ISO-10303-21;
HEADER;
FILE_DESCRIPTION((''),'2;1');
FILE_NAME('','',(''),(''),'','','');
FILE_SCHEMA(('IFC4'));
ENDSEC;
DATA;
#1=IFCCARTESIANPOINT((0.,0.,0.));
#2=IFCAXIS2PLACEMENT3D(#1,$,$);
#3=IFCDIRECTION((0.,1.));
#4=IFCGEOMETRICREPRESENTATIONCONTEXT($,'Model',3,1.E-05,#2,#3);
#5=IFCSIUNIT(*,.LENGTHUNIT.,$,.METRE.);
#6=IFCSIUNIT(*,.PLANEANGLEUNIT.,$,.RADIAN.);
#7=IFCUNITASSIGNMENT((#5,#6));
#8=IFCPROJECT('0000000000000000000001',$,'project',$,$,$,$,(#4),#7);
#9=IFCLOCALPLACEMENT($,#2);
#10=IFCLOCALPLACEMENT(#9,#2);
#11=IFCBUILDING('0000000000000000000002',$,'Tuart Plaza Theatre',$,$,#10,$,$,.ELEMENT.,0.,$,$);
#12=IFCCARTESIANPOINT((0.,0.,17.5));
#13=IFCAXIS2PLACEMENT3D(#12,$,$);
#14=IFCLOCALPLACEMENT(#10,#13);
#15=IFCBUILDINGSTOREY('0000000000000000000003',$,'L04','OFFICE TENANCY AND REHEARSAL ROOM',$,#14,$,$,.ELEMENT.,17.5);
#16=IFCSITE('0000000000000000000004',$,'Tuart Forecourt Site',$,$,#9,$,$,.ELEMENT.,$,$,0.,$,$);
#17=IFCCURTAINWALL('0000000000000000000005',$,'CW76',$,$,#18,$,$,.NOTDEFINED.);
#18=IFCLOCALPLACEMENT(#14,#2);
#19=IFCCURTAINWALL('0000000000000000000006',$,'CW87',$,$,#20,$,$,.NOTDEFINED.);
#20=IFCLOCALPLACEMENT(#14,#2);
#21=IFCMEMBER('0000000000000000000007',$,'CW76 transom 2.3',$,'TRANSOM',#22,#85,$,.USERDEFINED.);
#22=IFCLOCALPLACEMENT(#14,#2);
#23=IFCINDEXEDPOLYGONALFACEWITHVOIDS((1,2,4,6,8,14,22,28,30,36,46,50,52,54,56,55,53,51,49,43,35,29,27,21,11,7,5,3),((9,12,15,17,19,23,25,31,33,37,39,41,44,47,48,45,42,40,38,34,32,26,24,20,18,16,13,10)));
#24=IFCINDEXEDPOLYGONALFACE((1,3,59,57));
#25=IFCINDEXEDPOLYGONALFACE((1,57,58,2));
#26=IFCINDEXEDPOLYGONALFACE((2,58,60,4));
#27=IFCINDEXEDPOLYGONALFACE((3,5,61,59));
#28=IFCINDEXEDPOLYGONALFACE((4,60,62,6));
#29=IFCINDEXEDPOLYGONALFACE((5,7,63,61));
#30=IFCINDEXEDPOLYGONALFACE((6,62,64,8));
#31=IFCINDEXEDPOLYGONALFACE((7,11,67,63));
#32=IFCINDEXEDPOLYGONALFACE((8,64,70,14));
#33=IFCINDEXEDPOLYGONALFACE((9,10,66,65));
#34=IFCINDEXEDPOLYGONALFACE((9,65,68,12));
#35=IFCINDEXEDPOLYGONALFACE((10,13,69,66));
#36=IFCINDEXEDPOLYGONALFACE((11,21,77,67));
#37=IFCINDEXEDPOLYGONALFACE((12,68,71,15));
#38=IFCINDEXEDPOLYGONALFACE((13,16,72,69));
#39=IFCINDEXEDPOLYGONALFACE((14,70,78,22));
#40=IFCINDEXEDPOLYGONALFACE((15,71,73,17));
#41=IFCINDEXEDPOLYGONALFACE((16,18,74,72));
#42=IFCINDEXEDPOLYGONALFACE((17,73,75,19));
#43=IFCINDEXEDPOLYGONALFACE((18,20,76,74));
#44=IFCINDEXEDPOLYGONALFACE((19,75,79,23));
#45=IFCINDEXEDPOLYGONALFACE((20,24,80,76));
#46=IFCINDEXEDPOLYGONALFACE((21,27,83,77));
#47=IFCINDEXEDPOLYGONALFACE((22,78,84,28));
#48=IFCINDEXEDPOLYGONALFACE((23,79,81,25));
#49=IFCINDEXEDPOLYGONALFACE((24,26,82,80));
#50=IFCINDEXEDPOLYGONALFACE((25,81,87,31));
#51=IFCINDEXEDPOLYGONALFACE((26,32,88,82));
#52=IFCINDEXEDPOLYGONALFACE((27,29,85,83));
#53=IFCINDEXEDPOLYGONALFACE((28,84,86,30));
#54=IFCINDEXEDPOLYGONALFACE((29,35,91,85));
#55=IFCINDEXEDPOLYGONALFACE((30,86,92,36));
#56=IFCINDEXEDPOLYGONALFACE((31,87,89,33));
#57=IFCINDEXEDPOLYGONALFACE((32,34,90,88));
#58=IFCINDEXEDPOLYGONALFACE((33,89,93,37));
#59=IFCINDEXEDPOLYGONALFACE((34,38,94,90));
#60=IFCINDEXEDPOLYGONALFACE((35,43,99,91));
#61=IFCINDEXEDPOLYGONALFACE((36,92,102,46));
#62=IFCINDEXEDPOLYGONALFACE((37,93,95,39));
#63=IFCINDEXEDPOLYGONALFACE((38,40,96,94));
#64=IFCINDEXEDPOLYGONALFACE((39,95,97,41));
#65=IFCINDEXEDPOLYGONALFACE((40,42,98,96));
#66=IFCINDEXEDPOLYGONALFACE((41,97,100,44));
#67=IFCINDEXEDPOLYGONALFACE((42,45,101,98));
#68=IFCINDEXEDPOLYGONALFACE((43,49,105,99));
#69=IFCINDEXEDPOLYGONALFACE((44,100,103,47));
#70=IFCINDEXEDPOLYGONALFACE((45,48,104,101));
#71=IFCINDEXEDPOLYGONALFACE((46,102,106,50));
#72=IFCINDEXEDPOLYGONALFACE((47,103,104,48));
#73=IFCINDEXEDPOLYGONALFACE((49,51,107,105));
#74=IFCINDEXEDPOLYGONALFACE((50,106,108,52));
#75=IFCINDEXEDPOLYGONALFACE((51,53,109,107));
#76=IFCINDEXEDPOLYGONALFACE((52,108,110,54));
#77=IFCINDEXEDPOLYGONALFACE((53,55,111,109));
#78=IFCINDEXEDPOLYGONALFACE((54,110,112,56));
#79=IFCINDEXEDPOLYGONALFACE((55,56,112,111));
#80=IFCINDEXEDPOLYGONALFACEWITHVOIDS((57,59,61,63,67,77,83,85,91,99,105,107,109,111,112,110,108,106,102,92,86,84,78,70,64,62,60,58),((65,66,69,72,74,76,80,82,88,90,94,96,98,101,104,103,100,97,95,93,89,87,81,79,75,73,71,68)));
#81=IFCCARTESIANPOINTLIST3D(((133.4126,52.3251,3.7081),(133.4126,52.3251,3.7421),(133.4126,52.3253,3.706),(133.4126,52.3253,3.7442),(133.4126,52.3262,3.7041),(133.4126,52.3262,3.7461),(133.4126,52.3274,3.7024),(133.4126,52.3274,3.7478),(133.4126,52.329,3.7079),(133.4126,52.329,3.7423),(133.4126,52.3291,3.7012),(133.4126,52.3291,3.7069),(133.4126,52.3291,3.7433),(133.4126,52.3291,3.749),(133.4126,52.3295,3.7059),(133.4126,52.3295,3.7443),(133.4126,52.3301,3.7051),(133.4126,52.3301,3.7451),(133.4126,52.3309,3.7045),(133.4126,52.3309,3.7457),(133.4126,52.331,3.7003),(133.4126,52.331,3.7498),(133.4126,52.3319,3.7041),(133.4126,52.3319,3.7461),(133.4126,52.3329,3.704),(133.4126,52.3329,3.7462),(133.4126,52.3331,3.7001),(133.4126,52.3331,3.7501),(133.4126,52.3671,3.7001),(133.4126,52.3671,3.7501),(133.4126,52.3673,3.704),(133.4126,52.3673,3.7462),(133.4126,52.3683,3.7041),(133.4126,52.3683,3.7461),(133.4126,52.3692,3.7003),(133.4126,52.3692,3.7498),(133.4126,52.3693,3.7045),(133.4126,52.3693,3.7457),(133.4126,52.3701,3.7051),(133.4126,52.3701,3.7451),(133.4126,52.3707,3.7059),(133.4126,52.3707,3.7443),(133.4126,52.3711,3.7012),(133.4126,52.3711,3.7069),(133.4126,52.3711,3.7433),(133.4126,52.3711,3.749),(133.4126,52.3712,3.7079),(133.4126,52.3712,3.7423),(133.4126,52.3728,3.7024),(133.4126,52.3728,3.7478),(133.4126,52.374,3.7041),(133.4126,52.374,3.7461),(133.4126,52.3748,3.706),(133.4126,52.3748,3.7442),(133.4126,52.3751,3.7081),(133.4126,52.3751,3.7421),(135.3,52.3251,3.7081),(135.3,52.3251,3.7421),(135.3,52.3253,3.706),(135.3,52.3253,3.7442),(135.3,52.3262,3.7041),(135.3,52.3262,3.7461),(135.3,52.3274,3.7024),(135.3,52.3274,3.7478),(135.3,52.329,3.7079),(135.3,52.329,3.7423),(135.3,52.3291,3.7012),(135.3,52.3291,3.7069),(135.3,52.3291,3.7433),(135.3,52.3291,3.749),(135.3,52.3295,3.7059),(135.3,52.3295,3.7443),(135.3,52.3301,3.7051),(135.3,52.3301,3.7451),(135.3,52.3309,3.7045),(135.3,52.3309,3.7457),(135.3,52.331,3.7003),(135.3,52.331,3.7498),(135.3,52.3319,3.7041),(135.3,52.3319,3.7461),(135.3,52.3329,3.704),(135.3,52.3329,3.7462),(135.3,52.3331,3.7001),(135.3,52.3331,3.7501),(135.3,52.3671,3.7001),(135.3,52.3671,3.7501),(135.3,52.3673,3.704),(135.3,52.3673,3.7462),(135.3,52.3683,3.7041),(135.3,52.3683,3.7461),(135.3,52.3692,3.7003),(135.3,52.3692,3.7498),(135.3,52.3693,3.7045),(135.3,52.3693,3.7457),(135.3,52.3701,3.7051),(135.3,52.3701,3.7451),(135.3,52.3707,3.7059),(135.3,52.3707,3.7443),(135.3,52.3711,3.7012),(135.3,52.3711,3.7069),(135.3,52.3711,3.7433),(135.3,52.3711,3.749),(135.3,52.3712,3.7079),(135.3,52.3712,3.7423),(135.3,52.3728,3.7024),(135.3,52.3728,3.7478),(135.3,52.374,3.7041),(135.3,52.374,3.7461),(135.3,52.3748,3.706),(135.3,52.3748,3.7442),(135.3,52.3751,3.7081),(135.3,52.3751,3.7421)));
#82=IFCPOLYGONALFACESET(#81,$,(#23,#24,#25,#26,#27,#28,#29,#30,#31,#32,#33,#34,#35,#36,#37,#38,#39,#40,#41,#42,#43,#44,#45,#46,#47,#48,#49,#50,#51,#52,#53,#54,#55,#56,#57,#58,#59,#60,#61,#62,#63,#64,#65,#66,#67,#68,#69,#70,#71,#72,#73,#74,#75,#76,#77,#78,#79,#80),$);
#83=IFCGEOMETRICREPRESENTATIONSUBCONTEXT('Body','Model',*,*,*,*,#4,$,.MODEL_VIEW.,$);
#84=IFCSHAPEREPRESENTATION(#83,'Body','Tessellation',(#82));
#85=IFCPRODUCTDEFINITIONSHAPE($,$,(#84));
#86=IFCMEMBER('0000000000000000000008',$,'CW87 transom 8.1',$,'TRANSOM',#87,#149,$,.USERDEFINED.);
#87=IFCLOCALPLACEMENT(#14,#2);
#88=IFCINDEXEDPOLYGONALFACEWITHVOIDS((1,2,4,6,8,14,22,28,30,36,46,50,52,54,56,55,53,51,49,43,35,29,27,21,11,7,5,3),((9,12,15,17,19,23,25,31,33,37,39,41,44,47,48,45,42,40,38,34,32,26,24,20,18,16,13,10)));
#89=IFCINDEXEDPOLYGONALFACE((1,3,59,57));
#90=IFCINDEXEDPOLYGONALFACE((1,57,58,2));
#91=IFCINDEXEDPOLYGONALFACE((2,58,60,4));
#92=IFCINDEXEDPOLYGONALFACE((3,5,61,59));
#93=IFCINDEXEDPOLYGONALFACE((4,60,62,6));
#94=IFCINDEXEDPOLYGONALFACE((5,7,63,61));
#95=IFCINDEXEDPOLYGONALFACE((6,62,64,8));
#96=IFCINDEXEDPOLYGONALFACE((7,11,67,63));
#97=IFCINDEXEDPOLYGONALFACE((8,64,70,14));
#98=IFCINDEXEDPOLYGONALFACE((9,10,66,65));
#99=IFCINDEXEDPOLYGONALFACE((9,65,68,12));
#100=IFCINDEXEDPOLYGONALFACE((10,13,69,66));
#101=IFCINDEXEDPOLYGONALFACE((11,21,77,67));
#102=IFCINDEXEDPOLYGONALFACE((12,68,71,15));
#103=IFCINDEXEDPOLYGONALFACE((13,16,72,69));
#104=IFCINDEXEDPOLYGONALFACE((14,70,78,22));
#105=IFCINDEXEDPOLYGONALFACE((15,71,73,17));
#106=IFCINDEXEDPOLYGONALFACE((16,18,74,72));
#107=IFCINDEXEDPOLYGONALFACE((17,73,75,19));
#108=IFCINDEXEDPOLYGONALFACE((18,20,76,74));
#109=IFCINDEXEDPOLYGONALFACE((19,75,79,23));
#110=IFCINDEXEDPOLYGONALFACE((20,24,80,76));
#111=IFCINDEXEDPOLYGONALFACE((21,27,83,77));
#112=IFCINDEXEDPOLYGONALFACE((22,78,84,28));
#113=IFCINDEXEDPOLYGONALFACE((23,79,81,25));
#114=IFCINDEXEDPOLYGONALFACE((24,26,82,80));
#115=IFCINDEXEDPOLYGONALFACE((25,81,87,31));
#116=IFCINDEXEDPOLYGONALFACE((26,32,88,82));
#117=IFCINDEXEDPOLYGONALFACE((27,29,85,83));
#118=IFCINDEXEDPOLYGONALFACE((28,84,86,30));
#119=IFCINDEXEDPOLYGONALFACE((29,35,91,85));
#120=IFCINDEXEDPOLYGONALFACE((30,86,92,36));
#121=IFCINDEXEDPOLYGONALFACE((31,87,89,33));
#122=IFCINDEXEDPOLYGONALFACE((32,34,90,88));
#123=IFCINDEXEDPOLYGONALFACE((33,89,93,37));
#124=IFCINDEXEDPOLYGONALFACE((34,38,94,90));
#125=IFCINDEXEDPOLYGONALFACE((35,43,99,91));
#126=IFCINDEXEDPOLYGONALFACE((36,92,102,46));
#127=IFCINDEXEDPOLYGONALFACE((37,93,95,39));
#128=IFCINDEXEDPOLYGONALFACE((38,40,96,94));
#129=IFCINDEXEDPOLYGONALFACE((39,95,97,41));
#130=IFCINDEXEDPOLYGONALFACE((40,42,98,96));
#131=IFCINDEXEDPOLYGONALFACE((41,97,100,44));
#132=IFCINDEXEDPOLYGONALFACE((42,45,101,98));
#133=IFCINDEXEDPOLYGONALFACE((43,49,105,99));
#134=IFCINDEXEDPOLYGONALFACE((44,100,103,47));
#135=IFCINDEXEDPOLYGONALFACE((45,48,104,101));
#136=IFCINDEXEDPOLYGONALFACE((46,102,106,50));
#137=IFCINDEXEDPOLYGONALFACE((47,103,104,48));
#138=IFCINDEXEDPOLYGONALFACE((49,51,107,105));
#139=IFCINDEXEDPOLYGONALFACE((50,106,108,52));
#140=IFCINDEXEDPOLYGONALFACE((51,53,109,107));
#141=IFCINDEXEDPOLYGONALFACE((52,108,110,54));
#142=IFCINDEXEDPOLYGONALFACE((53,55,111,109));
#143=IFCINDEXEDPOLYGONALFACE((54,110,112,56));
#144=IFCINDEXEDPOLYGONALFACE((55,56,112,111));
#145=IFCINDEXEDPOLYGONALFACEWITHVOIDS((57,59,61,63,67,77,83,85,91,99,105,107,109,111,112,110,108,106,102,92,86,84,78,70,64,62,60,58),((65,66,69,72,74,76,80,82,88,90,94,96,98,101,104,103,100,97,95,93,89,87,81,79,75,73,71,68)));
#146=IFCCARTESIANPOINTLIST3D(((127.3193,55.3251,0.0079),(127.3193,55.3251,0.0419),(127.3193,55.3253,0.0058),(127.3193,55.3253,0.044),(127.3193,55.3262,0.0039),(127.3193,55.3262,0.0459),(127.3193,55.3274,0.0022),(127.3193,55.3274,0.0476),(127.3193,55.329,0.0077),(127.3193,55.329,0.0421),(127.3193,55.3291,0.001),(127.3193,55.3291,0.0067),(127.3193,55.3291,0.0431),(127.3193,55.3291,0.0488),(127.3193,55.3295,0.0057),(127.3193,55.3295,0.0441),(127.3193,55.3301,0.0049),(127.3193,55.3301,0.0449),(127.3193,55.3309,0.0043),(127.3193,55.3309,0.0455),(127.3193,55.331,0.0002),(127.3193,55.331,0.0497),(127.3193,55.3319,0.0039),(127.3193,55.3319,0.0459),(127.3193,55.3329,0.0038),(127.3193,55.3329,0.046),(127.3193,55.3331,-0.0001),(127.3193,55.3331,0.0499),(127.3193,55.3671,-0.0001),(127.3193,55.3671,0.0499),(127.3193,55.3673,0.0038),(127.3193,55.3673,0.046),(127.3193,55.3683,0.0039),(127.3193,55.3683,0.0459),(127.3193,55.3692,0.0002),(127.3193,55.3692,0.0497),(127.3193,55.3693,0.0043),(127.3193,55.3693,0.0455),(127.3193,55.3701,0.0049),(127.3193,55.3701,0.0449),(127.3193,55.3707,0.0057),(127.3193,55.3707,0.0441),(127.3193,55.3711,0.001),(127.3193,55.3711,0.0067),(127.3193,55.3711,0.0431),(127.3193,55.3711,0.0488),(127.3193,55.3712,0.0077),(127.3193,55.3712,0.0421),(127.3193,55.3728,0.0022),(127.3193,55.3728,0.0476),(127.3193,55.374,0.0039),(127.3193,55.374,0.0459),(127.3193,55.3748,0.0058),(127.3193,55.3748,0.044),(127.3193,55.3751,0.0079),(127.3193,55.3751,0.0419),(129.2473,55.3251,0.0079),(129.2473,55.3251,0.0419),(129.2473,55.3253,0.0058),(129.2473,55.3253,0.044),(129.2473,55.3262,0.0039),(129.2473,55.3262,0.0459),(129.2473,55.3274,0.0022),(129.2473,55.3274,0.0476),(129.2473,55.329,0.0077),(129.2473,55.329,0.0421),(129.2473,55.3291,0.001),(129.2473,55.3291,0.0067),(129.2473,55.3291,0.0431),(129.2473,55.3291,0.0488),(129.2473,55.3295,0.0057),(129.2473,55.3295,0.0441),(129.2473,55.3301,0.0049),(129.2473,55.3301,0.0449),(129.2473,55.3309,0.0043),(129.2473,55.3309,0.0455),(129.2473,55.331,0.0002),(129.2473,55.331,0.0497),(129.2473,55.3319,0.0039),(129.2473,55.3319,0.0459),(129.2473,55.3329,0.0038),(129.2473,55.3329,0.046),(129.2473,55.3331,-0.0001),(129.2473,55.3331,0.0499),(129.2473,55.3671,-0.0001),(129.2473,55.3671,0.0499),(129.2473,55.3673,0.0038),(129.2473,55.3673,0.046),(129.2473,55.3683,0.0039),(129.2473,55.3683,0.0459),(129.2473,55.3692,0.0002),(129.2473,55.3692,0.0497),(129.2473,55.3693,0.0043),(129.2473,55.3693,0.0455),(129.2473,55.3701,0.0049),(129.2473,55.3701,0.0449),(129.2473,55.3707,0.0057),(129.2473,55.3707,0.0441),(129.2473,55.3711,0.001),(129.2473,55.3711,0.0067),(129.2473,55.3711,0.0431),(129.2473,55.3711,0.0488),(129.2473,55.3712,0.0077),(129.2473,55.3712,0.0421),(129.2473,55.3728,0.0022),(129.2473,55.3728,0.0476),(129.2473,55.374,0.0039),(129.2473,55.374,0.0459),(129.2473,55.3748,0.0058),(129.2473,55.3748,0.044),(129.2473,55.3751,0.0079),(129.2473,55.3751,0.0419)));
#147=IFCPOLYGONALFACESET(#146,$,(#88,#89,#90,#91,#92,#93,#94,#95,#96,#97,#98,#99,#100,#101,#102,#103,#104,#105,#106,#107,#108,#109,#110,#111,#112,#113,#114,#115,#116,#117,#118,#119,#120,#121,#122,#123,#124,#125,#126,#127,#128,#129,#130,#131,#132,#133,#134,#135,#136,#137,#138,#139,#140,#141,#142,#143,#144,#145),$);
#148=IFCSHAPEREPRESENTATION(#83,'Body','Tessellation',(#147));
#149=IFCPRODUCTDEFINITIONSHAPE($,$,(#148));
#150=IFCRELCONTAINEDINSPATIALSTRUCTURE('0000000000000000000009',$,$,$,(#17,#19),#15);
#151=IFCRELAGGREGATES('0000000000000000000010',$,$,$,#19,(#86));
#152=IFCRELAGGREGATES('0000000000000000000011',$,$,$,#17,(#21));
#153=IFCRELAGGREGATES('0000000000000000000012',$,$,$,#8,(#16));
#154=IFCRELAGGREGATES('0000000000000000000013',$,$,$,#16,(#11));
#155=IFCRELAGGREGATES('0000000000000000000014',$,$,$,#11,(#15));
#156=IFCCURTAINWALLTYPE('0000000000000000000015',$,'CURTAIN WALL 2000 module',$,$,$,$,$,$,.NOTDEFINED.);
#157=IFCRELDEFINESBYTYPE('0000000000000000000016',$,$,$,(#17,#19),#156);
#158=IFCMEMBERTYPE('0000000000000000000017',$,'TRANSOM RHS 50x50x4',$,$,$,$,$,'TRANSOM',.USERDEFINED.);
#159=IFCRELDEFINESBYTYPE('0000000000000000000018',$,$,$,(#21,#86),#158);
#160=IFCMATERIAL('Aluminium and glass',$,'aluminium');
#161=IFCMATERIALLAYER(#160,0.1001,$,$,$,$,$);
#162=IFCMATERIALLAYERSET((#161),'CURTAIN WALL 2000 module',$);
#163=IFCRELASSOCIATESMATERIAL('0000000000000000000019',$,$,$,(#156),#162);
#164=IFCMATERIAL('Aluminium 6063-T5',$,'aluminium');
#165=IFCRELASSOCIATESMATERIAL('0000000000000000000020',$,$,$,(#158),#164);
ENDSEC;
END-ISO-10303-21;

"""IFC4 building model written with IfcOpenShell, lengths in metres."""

from ifc_helpers import new_model, si_unit, direction, frame, origin, origin_2d, place, context, subcontext, project, spatial, hollow_rectangle, extrude, material, layer, layer_set, material_profile, profile_set, type_object, element, aggregate, save


model = new_model("IFC4")

# Units and contexts
model_context = context("Model", 3, precision=1e-05, world=origin(), true_north=direction((0.0, 1.0)))
body_context = subcontext(model_context, "Body", "Model", "MODEL_VIEW")
ifc_project = project(units=[si_unit("LENGTHUNIT", "METRE"), si_unit("PLANEANGLEUNIT", "RADIAN")], contexts=[model_context])

# Site, building, storey
site_placement = place(None, origin())
site = spatial("IfcSite", under=ifc_project, at=site_placement, Name="Tuart Forecourt Site", CompositionType="ELEMENT", RefElevation=0.0)
building_placement = place(site_placement, origin())
building = spatial("IfcBuilding", under=site, at=building_placement, Name="Tuart Plaza Theatre", CompositionType="ELEMENT", ElevationOfRefHeight=0.0)
storey_placement = place(building_placement, frame((0.0, 0.0, 17.5)))
storey = spatial("IfcBuildingStorey", under=building, at=storey_placement, Name="L04", Description="OFFICE TENANCY AND REHEARSAL ROOM", CompositionType="ELEMENT", Elevation=17.5)

# Curtain walls
ifc_material_1 = material(Name="Aluminium and glass", Category="aluminium")
ifc_layer_1 = layer(ifc_material_1, 0.1001)
ifc_layer_set_1 = layer_set([ifc_layer_1], Name="CURTAIN WALL 2000 module")
curtain_wall_type = type_object("IfcCurtainWallType", Name="CURTAIN WALL 2000 module", PredefinedType="NOTDEFINED", material=ifc_layer_set_1)
curtain_wall_1_placement = place(storey_placement, origin())
curtain_wall_1 = element("IfcCurtainWall", 1, at=curtain_wall_1_placement, inside=storey, type_object=curtain_wall_type, Name="CW76", PredefinedType="NOTDEFINED")
curtain_wall_2_placement = place(storey_placement, origin())
curtain_wall_2 = element("IfcCurtainWall", 2, at=curtain_wall_2_placement, inside=storey, type_object=curtain_wall_type, Name="CW87", PredefinedType="NOTDEFINED")

# Members
ifc_material_2 = material(Name="Aluminium 6063-T5", Category="aluminium")
ifc_material_profile_1 = material_profile(ifc_material_2, hollow_rectangle(XDim=0.05, YDim=0.05, WallThickness=0.0039, InnerFilletRadius=0.0039, OuterFilletRadius=0.0081, at=origin_2d()), Name="RHS 50x50x4")
ifc_profile_set_1 = profile_set([ifc_material_profile_1], Name="Aluminium 6063-T5")
member_type_1 = type_object("IfcMemberType", Name="TRANSOM RHS 50x50x4", ElementType="TRANSOM", PredefinedType="USERDEFINED", material=ifc_profile_set_1)
member_1_placement = place(storey_placement, frame((133.4126, 52.3501, 3.7251), z_axis=(1.0, 0.0, 0.0), x_axis=(0.0, 1.0, 0.0)))
member_1 = element("IfcMember", 3, at=member_1_placement, type_object=member_type_1, Name="CW76 transom 2.3", ObjectType="TRANSOM", PredefinedType="USERDEFINED", context=body_context, shape_type="SweptSolid", body=[
    extrude(hollow_rectangle(XDim=0.05, YDim=0.05, WallThickness=0.0039, InnerFilletRadius=0.0039, OuterFilletRadius=0.0081, at=origin_2d()), origin(), (0.0, 0.0, 1.0), 1.8875),
])
member_2_placement = place(storey_placement, frame((127.3193, 55.3501, 0.0249), z_axis=(1.0, 0.0, 0.0), x_axis=(0.0, 1.0, 0.0)))
member_2 = element("IfcMember", 4, at=member_2_placement, type_object=member_type_1, Name="CW87 transom 8.1", ObjectType="TRANSOM", PredefinedType="USERDEFINED", context=body_context, shape_type="SweptSolid", body=[
    extrude(hollow_rectangle(XDim=0.05, YDim=0.05, WallThickness=0.0039, InnerFilletRadius=0.0039, OuterFilletRadius=0.0081, at=origin_2d()), origin(), (0.0, 0.0, 1.0), 1.928),
])

aggregate(curtain_wall_2, [member_2])
aggregate(curtain_wall_1, [member_1])

save(model, "model.ifc")
